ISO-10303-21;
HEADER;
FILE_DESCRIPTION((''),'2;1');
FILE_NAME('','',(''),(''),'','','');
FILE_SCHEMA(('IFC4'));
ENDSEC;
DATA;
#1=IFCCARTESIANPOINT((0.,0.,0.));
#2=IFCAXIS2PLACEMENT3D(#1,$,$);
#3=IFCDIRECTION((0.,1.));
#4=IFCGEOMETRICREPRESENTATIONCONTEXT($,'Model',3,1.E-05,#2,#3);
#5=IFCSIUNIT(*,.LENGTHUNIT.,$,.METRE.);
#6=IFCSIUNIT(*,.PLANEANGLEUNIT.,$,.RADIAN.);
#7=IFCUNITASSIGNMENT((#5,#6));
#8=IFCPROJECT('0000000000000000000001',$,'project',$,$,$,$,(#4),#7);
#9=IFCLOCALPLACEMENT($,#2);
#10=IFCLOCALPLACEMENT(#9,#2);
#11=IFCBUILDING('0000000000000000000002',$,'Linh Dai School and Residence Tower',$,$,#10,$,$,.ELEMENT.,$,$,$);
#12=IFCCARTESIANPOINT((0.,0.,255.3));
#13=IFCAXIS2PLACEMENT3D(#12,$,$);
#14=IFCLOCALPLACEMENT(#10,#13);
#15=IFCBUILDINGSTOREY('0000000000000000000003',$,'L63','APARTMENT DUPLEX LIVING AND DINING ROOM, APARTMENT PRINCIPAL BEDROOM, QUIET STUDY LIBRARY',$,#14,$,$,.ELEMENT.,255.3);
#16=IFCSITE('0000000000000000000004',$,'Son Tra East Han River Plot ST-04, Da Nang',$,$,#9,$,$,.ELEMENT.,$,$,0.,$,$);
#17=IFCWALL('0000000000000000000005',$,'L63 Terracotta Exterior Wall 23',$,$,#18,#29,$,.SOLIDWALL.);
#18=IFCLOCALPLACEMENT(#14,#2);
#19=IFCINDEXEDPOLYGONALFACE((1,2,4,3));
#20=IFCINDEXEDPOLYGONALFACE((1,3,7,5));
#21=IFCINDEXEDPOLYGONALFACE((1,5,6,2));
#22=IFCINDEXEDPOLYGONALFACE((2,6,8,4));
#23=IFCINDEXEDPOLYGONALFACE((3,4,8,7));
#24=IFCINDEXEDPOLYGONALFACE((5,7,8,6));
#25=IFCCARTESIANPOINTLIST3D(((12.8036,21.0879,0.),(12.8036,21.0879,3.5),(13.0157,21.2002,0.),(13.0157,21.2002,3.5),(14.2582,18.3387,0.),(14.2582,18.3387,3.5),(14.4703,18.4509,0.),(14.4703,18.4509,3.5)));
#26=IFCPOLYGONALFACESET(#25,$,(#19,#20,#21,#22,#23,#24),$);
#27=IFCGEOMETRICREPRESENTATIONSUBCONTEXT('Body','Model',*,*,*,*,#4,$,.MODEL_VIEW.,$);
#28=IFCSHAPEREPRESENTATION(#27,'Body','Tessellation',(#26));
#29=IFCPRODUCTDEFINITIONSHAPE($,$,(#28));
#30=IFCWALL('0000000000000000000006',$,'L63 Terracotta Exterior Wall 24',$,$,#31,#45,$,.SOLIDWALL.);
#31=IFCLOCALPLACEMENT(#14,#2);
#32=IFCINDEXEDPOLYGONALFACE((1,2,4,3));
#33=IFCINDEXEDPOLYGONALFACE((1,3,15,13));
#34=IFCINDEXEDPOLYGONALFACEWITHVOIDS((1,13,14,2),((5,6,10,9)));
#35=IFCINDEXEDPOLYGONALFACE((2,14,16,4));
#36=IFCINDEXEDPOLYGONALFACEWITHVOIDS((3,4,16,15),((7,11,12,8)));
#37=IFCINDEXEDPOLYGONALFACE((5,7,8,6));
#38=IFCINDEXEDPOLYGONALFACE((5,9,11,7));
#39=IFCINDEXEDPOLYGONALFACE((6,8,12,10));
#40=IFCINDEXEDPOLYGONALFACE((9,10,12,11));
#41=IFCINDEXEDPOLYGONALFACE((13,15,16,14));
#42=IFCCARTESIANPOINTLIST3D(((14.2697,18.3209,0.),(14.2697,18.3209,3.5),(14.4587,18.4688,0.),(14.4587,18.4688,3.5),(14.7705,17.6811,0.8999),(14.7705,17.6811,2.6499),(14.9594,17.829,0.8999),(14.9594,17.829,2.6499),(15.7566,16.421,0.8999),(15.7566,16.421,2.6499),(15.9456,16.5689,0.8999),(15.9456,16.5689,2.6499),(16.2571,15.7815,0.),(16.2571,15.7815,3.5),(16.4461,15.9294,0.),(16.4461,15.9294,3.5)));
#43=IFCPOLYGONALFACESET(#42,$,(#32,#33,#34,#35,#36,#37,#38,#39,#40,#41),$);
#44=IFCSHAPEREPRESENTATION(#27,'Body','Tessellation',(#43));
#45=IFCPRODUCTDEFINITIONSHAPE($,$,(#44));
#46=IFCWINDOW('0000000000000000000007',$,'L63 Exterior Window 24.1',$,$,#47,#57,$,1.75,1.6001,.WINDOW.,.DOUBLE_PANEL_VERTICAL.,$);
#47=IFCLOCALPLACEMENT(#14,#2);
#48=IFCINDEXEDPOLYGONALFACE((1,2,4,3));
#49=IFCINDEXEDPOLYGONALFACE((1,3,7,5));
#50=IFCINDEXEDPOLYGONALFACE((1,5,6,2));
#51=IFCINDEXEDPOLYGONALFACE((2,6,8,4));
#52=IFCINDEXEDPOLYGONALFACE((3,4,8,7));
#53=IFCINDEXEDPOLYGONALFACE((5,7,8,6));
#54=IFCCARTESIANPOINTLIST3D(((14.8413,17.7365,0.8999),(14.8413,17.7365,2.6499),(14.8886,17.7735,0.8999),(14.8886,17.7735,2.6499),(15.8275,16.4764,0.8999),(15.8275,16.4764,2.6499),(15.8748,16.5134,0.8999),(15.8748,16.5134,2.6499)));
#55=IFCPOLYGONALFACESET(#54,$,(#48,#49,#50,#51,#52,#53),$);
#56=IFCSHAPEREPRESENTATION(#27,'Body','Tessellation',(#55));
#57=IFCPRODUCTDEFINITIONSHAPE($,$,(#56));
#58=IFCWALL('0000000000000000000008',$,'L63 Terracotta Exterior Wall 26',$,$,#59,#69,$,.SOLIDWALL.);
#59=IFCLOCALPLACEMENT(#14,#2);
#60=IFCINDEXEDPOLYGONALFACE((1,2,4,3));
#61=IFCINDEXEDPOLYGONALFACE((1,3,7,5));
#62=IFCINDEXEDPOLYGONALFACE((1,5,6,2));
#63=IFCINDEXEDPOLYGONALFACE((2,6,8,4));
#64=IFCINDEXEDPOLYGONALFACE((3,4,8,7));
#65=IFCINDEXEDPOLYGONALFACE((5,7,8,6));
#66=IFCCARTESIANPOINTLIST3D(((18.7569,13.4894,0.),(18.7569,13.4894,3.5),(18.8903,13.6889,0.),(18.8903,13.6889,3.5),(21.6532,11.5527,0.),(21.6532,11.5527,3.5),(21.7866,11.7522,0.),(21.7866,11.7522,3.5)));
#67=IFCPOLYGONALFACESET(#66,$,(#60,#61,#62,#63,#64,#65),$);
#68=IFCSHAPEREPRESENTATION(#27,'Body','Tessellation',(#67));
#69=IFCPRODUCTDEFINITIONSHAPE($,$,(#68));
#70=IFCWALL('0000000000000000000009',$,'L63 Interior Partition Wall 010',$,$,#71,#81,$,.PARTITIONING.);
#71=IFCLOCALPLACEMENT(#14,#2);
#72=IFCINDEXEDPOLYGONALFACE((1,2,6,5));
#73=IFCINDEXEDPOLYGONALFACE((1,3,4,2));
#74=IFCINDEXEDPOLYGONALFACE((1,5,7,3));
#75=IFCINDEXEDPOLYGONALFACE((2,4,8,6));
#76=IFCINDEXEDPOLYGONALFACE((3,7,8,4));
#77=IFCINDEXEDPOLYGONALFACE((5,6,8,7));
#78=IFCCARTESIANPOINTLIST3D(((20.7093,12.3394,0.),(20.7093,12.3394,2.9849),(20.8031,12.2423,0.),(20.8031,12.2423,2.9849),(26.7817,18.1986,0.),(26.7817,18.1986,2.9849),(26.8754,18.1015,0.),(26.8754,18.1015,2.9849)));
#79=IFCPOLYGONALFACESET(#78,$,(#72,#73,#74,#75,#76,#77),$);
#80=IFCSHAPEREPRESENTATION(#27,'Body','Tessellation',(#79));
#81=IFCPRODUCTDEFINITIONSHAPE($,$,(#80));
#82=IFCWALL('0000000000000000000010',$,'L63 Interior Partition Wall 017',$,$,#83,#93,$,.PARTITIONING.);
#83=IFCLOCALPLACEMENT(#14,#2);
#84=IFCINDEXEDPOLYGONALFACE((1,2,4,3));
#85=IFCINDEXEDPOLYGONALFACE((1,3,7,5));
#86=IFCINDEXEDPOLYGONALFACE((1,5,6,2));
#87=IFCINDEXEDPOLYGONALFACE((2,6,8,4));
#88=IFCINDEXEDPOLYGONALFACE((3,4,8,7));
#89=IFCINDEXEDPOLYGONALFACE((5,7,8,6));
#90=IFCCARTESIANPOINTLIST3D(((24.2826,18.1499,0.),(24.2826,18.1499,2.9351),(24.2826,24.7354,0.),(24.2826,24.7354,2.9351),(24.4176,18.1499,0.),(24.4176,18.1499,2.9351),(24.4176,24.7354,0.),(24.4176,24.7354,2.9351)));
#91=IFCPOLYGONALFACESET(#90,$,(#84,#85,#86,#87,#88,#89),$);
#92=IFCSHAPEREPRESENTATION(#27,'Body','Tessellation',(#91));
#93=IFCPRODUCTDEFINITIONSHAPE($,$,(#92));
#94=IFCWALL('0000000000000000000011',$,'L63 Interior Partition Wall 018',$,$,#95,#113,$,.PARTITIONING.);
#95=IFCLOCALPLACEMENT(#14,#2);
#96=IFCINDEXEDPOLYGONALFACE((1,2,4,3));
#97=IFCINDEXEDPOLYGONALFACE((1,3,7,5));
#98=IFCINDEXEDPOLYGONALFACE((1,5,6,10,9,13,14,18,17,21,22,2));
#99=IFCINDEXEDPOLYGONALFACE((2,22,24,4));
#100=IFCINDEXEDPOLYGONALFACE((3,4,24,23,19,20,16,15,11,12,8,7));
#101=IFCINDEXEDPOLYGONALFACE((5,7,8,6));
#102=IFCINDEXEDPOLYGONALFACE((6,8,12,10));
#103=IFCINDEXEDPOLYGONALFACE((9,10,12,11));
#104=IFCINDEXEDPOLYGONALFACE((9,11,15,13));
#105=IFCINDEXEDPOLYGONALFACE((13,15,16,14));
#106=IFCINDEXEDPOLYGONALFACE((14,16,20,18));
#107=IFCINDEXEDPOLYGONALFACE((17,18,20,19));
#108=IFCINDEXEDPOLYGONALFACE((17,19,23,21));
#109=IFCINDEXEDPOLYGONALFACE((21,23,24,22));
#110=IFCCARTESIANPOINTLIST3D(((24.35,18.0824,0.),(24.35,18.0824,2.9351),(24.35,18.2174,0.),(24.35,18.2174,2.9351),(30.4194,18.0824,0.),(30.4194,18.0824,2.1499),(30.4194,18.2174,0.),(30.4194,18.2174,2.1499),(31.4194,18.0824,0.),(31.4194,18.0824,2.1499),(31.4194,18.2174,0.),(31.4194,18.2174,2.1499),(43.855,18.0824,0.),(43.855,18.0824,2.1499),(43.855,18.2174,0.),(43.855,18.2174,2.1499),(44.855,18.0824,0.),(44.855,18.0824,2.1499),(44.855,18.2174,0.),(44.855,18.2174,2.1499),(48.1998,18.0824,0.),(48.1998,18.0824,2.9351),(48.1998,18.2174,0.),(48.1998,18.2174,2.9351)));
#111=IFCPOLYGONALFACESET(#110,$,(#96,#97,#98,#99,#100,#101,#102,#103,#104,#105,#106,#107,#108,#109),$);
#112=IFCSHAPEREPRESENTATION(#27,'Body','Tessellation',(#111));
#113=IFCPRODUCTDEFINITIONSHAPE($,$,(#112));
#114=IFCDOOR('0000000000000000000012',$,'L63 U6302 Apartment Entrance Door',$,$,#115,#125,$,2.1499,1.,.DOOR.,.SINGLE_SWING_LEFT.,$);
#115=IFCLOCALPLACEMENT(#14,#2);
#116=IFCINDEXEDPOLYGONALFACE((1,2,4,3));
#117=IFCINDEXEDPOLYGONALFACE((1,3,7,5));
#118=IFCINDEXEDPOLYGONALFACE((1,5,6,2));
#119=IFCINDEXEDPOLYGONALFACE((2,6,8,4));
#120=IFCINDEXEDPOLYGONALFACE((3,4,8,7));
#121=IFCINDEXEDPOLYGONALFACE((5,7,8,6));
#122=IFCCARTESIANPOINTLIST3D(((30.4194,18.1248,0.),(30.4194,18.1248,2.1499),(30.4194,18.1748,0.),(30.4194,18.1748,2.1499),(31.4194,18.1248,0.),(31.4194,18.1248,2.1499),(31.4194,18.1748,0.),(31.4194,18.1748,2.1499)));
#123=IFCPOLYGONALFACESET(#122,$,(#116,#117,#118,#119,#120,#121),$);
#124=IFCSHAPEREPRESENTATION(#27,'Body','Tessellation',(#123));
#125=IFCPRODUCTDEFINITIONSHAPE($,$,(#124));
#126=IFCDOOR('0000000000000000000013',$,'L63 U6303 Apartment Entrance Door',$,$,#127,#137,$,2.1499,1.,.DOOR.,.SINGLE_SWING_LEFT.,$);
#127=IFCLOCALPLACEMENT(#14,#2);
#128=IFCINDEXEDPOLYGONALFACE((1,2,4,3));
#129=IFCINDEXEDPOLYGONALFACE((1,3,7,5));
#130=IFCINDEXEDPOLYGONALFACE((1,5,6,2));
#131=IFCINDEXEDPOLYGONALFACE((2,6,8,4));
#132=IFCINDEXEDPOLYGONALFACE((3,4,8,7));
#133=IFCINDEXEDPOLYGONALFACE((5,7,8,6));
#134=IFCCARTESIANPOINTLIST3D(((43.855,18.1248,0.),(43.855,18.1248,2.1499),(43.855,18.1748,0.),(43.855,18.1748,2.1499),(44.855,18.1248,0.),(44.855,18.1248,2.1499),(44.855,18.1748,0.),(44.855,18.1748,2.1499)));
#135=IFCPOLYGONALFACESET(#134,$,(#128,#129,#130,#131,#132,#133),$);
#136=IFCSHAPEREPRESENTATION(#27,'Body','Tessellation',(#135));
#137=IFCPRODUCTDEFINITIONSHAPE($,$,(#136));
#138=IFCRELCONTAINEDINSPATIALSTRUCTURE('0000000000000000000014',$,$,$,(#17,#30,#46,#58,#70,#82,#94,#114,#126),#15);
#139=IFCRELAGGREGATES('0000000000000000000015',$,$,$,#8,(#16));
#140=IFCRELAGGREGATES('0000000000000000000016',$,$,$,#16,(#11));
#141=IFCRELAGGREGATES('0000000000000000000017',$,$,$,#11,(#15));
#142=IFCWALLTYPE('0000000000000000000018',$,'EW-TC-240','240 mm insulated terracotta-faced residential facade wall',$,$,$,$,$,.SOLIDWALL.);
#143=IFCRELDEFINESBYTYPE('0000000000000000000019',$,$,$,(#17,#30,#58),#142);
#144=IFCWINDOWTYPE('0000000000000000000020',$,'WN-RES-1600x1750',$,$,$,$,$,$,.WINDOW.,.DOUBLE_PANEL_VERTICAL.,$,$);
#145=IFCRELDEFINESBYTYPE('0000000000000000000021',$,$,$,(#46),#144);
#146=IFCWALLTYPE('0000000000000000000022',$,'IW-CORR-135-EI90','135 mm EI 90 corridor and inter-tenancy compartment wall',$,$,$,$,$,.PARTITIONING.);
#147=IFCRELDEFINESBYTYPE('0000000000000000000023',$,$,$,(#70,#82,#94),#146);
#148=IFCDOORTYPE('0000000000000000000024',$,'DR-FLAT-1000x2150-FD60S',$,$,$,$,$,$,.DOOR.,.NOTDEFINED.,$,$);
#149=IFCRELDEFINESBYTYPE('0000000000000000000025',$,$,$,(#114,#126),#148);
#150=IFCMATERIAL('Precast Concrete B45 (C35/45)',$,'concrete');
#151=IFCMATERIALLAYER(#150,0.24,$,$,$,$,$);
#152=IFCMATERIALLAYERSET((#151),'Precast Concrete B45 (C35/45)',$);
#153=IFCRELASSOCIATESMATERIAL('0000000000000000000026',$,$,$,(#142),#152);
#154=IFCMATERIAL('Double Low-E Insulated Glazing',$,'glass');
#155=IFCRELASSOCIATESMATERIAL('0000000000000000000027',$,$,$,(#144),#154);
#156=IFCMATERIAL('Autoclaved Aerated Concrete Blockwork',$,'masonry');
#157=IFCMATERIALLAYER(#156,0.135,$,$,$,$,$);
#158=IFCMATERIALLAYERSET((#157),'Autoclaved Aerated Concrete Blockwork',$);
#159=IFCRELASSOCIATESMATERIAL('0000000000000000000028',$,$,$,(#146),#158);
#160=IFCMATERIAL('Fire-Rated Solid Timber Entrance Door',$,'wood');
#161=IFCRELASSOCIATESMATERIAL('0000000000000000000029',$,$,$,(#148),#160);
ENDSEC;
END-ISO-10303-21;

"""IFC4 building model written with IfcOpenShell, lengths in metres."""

from ifc_helpers import new_model, si_unit, direction, frame, frame_2d, origin, origin_2d, place, context, subcontext, project, spatial, rectangle, extrude, source, transform, mapped, material, layer, layer_set, type_object, element, fill, save


model = new_model("IFC4")

# Units and contexts
model_context = context("Model", 3, precision=1e-05, world=origin(), true_north=direction((0.0, 1.0)))
body_context = subcontext(model_context, "Body", "Model", "MODEL_VIEW")
ifc_project = project(units=[si_unit("LENGTHUNIT", "METRE"), si_unit("PLANEANGLEUNIT", "RADIAN")], contexts=[model_context])

# Site, building, storey
site_placement = place(None, origin())
site = spatial("IfcSite", under=ifc_project, at=site_placement, Name="Son Tra East Han River Plot ST-04, Da Nang", CompositionType="ELEMENT", RefElevation=0.0)
building_placement = place(site_placement, origin())
building = spatial("IfcBuilding", under=site, at=building_placement, Name="Linh Dai School and Residence Tower", CompositionType="ELEMENT")
storey_placement = place(building_placement, frame((0.0, 0.0, 255.3)))
storey = spatial("IfcBuildingStorey", under=building, at=storey_placement, Name="L63", Description="APARTMENT DUPLEX LIVING AND DINING ROOM, APARTMENT PRINCIPAL BEDROOM, QUIET STUDY LIBRARY", CompositionType="ELEMENT", Elevation=255.3)

# Shared definitions
ifc_material_1 = material(Name="Precast Concrete B45 (C35/45)", Category="concrete")

# Wall
ifc_layer_1 = layer(ifc_material_1, 0.24)
ifc_layer_set_1 = layer_set([ifc_layer_1], Name="Precast Concrete B45 (C35/45)")
wall_type_1 = type_object("IfcWallType", Name="EW-TC-240", Description="240 mm insulated terracotta-faced residential facade wall", PredefinedType="SOLIDWALL", material=ifc_layer_set_1)
wall_1_placement = place(storey_placement, frame((14.3643, 18.3948, 0.0), z_axis=(0.0, 0.0, 1.0), x_axis=(-0.46766, 0.883908, 0.0)))
element("IfcWall", 1, at=wall_1_placement, inside=storey, type_object=wall_type_1, Name="L63 Terracotta Exterior Wall 23", PredefinedType="SOLIDWALL", context=body_context, shape_type="SweptSolid", body=[
    extrude(rectangle(XDim=3.1104, YDim=0.24, at=frame_2d((1.5552, 0.0))), origin(), (0.0, 0.0, 1.0), 3.5),
])

# Wall, opening, window
wall_2_placement = place(storey_placement, frame((16.3516, 15.8555, 0.0), z_axis=(0.0, 0.0, 1.0), x_axis=(-0.616312, 0.787502, 0.0)))
wall_2 = element("IfcWall", 2, at=wall_2_placement, inside=storey, type_object=wall_type_1, Name="L63 Terracotta Exterior Wall 24", PredefinedType="SOLIDWALL", context=body_context, shape_type="SweptSolid", body=[
    extrude(rectangle(XDim=3.2246, YDim=0.24, at=frame_2d((1.6123, 0.0))), origin(), (0.0, 0.0, 1.0), 3.5),
])
opening_1_placement = place(wall_2_placement, frame((0.812, 0.0, 0.8999)))
opening_1 = element("IfcOpeningElement", 3, at=opening_1_placement, cuts=wall_2, PredefinedType="OPENING", context=body_context, shape_type="SweptSolid", body=[
    extrude(rectangle(XDim=1.6001, YDim=1.75, at=origin_2d()), frame((0.8, 0.1299, 0.875), z_axis=(0.0, -1.0, 0.0), x_axis=(1.0, 0.0, 0.0)), (0.0, 0.0, 1.0), 0.26),
])
ifc_material_2 = material(Name="Double Low-E Insulated Glazing", Category="glass")
window_type = type_object("IfcWindowType", Name="WN-RES-1600x1750", PartitioningType="DOUBLE_PANEL_VERTICAL", PredefinedType="WINDOW", material=ifc_material_2)
shared_shape_1 = source(origin(), body_context, "Body", "SweptSolid", [
    extrude(rectangle(XDim=1.6001, YDim=1.75, at=origin_2d()), frame((0.8, 0.03, 0.875), z_axis=(0.0, -1.0, 0.0), x_axis=(1.0, 0.0, 0.0)), (0.0, 0.0, 1.0), 0.0601),
])
window_placement = place(opening_1_placement, origin())
window = element("IfcWindow", 4, at=window_placement, inside=storey, type_object=window_type, Name="L63 Exterior Window 24.1", OverallHeight=1.75, OverallWidth=1.6001, PartitioningType="DOUBLE_PANEL_VERTICAL", PredefinedType="WINDOW", context=body_context, shape_type="MappedRepresentation", body=[
    mapped(shared_shape_1, transform((0.0, 0.0, 0.0), x_axis=(1.0, 0.0, 0.0), y_axis=(0.0, 1.0, 0.0), z_axis=(0.0, 0.0, 1.0), scale=1.0)),
])
fill(opening_1, window)

# Walls
wall_3_placement = place(storey_placement, frame((21.72, 11.6523, 0.0), z_axis=(0.0, 0.0, 1.0), x_axis=(-0.831262, 0.55588, 0.0)))
element("IfcWall", 5, at=wall_3_placement, inside=storey, type_object=wall_type_1, Name="L63 Terracotta Exterior Wall 26", PredefinedType="SOLIDWALL", context=body_context, shape_type="SweptSolid", body=[
    extrude(rectangle(XDim=3.4841, YDim=0.24, at=frame_2d((1.7422, 0.0))), origin(), (0.0, 0.0, 1.0), 3.5),
])
ifc_material_3 = material(Name="Autoclaved Aerated Concrete Blockwork", Category="masonry")
ifc_layer_2 = layer(ifc_material_3, 0.135)
ifc_layer_set_2 = layer_set([ifc_layer_2], Name="Autoclaved Aerated Concrete Blockwork")
wall_type_2 = type_object("IfcWallType", Name="IW-CORR-135-EI90", Description="135 mm EI 90 corridor and inter-tenancy compartment wall", PredefinedType="PARTITIONING", material=ifc_layer_set_2)
wall_4_placement = place(storey_placement, frame((20.7561, 12.2908, 0.0), z_axis=(0.0, 0.0, 1.0), x_axis=(0.719623, 0.694365, 0.0)))
element("IfcWall", 6, at=wall_4_placement, inside=storey, type_object=wall_type_2, Name="L63 Interior Partition Wall 010", PredefinedType="PARTITIONING", context=body_context, shape_type="SweptSolid", body=[
    extrude(rectangle(XDim=8.4382, YDim=0.135, at=frame_2d((4.2192, 0.0))), origin(), (0.0, 0.0, 1.0), 2.9849),
])
wall_5_placement = place(storey_placement, frame((24.3501, 18.1499, 0.0), z_axis=(0.0, 0.0, 1.0), x_axis=(0.0, 1.0, 0.0)))
element("IfcWall", 7, at=wall_5_placement, inside=storey, type_object=wall_type_2, Name="L63 Interior Partition Wall 017", PredefinedType="PARTITIONING", context=body_context, shape_type="SweptSolid", body=[
    extrude(rectangle(XDim=6.5854, YDim=0.135, at=frame_2d((3.2927, 0.0))), origin(), (0.0, 0.0, 1.0), 2.9351),
])

# Wall, openings, doors
wall_6_placement = place(storey_placement, frame((24.3501, 18.1499, 0.0), z_axis=(0.0, 0.0, 1.0), x_axis=(1.0, 0.0, 0.0)))
wall_6 = element("IfcWall", 8, at=wall_6_placement, inside=storey, type_object=wall_type_2, Name="L63 Interior Partition Wall 018", PredefinedType="PARTITIONING", context=body_context, shape_type="SweptSolid", body=[
    extrude(rectangle(XDim=23.8499, YDim=0.135, at=frame_2d((11.9248, 0.0))), origin(), (0.0, 0.0, 1.0), 2.9351),
])
opening_2_placement = place(wall_6_placement, frame((6.0693, 0.0, 0.0)))
opening_2 = element("IfcOpeningElement", 9, at=opening_2_placement, cuts=wall_6, PredefinedType="OPENING", context=body_context, shape_type="SweptSolid", body=[
    extrude(rectangle(XDim=1.0, YDim=2.1499, at=origin_2d()), frame((0.5, 0.0776, 1.075), z_axis=(0.0, -1.0, 0.0), x_axis=(1.0, 0.0, 0.0)), (0.0, 0.0, 1.0), 0.155),
])
opening_3_placement = place(wall_6_placement, frame((19.5049, 0.0, 0.0)))
opening_3 = element("IfcOpeningElement", 10, at=opening_3_placement, cuts=wall_6, PredefinedType="OPENING", context=body_context, shape_type="SweptSolid", body=[
    extrude(rectangle(XDim=1.0, YDim=2.1499, at=origin_2d()), frame((0.5, 0.0776, 1.075), z_axis=(0.0, -1.0, 0.0), x_axis=(1.0, 0.0, 0.0)), (0.0, 0.0, 1.0), 0.155),
])
ifc_material_4 = material(Name="Fire-Rated Solid Timber Entrance Door", Category="wood")
door_type_1 = type_object("IfcDoorType", Name="DR-FLAT-1000x2150-FD60S", OperationType="NOTDEFINED", PredefinedType="DOOR", material=ifc_material_4)
shared_shape_2 = source(origin(), body_context, "Body", "SweptSolid", [
    extrude(rectangle(XDim=1.0, YDim=2.1499, at=origin_2d()), frame((0.5, 0.0249, 1.075), z_axis=(0.0, -1.0, 0.0), x_axis=(1.0, 0.0, 0.0)), (0.0, 0.0, 1.0), 0.05),
])
door_1_placement = place(opening_2_placement, origin())
door_1 = element("IfcDoor", 11, at=door_1_placement, inside=storey, type_object=door_type_1, Name="L63 U6302 Apartment Entrance Door", OperationType="SINGLE_SWING_LEFT", OverallHeight=2.1499, OverallWidth=1.0, PredefinedType="DOOR", context=body_context, shape_type="MappedRepresentation", body=[
    mapped(shared_shape_2, transform((0.0, 0.0, 0.0), x_axis=(1.0, 0.0, 0.0), y_axis=(0.0, 1.0, 0.0), z_axis=(0.0, 0.0, 1.0), scale=1.0)),
])
fill(opening_2, door_1)
door_2_placement = place(opening_3_placement, origin())
door_2 = element("IfcDoor", 12, at=door_2_placement, inside=storey, type_object=door_type_1, Name="L63 U6303 Apartment Entrance Door", OperationType="SINGLE_SWING_LEFT", OverallHeight=2.1499, OverallWidth=1.0, PredefinedType="DOOR", context=body_context, shape_type="MappedRepresentation", body=[
    mapped(shared_shape_2, transform((0.0, 0.0, 0.0), x_axis=(1.0, 0.0, 0.0), y_axis=(0.0, 1.0, 0.0), z_axis=(0.0, 0.0, 1.0), scale=1.0)),
])
fill(opening_3, door_2)

save(model, "model.ifc")
